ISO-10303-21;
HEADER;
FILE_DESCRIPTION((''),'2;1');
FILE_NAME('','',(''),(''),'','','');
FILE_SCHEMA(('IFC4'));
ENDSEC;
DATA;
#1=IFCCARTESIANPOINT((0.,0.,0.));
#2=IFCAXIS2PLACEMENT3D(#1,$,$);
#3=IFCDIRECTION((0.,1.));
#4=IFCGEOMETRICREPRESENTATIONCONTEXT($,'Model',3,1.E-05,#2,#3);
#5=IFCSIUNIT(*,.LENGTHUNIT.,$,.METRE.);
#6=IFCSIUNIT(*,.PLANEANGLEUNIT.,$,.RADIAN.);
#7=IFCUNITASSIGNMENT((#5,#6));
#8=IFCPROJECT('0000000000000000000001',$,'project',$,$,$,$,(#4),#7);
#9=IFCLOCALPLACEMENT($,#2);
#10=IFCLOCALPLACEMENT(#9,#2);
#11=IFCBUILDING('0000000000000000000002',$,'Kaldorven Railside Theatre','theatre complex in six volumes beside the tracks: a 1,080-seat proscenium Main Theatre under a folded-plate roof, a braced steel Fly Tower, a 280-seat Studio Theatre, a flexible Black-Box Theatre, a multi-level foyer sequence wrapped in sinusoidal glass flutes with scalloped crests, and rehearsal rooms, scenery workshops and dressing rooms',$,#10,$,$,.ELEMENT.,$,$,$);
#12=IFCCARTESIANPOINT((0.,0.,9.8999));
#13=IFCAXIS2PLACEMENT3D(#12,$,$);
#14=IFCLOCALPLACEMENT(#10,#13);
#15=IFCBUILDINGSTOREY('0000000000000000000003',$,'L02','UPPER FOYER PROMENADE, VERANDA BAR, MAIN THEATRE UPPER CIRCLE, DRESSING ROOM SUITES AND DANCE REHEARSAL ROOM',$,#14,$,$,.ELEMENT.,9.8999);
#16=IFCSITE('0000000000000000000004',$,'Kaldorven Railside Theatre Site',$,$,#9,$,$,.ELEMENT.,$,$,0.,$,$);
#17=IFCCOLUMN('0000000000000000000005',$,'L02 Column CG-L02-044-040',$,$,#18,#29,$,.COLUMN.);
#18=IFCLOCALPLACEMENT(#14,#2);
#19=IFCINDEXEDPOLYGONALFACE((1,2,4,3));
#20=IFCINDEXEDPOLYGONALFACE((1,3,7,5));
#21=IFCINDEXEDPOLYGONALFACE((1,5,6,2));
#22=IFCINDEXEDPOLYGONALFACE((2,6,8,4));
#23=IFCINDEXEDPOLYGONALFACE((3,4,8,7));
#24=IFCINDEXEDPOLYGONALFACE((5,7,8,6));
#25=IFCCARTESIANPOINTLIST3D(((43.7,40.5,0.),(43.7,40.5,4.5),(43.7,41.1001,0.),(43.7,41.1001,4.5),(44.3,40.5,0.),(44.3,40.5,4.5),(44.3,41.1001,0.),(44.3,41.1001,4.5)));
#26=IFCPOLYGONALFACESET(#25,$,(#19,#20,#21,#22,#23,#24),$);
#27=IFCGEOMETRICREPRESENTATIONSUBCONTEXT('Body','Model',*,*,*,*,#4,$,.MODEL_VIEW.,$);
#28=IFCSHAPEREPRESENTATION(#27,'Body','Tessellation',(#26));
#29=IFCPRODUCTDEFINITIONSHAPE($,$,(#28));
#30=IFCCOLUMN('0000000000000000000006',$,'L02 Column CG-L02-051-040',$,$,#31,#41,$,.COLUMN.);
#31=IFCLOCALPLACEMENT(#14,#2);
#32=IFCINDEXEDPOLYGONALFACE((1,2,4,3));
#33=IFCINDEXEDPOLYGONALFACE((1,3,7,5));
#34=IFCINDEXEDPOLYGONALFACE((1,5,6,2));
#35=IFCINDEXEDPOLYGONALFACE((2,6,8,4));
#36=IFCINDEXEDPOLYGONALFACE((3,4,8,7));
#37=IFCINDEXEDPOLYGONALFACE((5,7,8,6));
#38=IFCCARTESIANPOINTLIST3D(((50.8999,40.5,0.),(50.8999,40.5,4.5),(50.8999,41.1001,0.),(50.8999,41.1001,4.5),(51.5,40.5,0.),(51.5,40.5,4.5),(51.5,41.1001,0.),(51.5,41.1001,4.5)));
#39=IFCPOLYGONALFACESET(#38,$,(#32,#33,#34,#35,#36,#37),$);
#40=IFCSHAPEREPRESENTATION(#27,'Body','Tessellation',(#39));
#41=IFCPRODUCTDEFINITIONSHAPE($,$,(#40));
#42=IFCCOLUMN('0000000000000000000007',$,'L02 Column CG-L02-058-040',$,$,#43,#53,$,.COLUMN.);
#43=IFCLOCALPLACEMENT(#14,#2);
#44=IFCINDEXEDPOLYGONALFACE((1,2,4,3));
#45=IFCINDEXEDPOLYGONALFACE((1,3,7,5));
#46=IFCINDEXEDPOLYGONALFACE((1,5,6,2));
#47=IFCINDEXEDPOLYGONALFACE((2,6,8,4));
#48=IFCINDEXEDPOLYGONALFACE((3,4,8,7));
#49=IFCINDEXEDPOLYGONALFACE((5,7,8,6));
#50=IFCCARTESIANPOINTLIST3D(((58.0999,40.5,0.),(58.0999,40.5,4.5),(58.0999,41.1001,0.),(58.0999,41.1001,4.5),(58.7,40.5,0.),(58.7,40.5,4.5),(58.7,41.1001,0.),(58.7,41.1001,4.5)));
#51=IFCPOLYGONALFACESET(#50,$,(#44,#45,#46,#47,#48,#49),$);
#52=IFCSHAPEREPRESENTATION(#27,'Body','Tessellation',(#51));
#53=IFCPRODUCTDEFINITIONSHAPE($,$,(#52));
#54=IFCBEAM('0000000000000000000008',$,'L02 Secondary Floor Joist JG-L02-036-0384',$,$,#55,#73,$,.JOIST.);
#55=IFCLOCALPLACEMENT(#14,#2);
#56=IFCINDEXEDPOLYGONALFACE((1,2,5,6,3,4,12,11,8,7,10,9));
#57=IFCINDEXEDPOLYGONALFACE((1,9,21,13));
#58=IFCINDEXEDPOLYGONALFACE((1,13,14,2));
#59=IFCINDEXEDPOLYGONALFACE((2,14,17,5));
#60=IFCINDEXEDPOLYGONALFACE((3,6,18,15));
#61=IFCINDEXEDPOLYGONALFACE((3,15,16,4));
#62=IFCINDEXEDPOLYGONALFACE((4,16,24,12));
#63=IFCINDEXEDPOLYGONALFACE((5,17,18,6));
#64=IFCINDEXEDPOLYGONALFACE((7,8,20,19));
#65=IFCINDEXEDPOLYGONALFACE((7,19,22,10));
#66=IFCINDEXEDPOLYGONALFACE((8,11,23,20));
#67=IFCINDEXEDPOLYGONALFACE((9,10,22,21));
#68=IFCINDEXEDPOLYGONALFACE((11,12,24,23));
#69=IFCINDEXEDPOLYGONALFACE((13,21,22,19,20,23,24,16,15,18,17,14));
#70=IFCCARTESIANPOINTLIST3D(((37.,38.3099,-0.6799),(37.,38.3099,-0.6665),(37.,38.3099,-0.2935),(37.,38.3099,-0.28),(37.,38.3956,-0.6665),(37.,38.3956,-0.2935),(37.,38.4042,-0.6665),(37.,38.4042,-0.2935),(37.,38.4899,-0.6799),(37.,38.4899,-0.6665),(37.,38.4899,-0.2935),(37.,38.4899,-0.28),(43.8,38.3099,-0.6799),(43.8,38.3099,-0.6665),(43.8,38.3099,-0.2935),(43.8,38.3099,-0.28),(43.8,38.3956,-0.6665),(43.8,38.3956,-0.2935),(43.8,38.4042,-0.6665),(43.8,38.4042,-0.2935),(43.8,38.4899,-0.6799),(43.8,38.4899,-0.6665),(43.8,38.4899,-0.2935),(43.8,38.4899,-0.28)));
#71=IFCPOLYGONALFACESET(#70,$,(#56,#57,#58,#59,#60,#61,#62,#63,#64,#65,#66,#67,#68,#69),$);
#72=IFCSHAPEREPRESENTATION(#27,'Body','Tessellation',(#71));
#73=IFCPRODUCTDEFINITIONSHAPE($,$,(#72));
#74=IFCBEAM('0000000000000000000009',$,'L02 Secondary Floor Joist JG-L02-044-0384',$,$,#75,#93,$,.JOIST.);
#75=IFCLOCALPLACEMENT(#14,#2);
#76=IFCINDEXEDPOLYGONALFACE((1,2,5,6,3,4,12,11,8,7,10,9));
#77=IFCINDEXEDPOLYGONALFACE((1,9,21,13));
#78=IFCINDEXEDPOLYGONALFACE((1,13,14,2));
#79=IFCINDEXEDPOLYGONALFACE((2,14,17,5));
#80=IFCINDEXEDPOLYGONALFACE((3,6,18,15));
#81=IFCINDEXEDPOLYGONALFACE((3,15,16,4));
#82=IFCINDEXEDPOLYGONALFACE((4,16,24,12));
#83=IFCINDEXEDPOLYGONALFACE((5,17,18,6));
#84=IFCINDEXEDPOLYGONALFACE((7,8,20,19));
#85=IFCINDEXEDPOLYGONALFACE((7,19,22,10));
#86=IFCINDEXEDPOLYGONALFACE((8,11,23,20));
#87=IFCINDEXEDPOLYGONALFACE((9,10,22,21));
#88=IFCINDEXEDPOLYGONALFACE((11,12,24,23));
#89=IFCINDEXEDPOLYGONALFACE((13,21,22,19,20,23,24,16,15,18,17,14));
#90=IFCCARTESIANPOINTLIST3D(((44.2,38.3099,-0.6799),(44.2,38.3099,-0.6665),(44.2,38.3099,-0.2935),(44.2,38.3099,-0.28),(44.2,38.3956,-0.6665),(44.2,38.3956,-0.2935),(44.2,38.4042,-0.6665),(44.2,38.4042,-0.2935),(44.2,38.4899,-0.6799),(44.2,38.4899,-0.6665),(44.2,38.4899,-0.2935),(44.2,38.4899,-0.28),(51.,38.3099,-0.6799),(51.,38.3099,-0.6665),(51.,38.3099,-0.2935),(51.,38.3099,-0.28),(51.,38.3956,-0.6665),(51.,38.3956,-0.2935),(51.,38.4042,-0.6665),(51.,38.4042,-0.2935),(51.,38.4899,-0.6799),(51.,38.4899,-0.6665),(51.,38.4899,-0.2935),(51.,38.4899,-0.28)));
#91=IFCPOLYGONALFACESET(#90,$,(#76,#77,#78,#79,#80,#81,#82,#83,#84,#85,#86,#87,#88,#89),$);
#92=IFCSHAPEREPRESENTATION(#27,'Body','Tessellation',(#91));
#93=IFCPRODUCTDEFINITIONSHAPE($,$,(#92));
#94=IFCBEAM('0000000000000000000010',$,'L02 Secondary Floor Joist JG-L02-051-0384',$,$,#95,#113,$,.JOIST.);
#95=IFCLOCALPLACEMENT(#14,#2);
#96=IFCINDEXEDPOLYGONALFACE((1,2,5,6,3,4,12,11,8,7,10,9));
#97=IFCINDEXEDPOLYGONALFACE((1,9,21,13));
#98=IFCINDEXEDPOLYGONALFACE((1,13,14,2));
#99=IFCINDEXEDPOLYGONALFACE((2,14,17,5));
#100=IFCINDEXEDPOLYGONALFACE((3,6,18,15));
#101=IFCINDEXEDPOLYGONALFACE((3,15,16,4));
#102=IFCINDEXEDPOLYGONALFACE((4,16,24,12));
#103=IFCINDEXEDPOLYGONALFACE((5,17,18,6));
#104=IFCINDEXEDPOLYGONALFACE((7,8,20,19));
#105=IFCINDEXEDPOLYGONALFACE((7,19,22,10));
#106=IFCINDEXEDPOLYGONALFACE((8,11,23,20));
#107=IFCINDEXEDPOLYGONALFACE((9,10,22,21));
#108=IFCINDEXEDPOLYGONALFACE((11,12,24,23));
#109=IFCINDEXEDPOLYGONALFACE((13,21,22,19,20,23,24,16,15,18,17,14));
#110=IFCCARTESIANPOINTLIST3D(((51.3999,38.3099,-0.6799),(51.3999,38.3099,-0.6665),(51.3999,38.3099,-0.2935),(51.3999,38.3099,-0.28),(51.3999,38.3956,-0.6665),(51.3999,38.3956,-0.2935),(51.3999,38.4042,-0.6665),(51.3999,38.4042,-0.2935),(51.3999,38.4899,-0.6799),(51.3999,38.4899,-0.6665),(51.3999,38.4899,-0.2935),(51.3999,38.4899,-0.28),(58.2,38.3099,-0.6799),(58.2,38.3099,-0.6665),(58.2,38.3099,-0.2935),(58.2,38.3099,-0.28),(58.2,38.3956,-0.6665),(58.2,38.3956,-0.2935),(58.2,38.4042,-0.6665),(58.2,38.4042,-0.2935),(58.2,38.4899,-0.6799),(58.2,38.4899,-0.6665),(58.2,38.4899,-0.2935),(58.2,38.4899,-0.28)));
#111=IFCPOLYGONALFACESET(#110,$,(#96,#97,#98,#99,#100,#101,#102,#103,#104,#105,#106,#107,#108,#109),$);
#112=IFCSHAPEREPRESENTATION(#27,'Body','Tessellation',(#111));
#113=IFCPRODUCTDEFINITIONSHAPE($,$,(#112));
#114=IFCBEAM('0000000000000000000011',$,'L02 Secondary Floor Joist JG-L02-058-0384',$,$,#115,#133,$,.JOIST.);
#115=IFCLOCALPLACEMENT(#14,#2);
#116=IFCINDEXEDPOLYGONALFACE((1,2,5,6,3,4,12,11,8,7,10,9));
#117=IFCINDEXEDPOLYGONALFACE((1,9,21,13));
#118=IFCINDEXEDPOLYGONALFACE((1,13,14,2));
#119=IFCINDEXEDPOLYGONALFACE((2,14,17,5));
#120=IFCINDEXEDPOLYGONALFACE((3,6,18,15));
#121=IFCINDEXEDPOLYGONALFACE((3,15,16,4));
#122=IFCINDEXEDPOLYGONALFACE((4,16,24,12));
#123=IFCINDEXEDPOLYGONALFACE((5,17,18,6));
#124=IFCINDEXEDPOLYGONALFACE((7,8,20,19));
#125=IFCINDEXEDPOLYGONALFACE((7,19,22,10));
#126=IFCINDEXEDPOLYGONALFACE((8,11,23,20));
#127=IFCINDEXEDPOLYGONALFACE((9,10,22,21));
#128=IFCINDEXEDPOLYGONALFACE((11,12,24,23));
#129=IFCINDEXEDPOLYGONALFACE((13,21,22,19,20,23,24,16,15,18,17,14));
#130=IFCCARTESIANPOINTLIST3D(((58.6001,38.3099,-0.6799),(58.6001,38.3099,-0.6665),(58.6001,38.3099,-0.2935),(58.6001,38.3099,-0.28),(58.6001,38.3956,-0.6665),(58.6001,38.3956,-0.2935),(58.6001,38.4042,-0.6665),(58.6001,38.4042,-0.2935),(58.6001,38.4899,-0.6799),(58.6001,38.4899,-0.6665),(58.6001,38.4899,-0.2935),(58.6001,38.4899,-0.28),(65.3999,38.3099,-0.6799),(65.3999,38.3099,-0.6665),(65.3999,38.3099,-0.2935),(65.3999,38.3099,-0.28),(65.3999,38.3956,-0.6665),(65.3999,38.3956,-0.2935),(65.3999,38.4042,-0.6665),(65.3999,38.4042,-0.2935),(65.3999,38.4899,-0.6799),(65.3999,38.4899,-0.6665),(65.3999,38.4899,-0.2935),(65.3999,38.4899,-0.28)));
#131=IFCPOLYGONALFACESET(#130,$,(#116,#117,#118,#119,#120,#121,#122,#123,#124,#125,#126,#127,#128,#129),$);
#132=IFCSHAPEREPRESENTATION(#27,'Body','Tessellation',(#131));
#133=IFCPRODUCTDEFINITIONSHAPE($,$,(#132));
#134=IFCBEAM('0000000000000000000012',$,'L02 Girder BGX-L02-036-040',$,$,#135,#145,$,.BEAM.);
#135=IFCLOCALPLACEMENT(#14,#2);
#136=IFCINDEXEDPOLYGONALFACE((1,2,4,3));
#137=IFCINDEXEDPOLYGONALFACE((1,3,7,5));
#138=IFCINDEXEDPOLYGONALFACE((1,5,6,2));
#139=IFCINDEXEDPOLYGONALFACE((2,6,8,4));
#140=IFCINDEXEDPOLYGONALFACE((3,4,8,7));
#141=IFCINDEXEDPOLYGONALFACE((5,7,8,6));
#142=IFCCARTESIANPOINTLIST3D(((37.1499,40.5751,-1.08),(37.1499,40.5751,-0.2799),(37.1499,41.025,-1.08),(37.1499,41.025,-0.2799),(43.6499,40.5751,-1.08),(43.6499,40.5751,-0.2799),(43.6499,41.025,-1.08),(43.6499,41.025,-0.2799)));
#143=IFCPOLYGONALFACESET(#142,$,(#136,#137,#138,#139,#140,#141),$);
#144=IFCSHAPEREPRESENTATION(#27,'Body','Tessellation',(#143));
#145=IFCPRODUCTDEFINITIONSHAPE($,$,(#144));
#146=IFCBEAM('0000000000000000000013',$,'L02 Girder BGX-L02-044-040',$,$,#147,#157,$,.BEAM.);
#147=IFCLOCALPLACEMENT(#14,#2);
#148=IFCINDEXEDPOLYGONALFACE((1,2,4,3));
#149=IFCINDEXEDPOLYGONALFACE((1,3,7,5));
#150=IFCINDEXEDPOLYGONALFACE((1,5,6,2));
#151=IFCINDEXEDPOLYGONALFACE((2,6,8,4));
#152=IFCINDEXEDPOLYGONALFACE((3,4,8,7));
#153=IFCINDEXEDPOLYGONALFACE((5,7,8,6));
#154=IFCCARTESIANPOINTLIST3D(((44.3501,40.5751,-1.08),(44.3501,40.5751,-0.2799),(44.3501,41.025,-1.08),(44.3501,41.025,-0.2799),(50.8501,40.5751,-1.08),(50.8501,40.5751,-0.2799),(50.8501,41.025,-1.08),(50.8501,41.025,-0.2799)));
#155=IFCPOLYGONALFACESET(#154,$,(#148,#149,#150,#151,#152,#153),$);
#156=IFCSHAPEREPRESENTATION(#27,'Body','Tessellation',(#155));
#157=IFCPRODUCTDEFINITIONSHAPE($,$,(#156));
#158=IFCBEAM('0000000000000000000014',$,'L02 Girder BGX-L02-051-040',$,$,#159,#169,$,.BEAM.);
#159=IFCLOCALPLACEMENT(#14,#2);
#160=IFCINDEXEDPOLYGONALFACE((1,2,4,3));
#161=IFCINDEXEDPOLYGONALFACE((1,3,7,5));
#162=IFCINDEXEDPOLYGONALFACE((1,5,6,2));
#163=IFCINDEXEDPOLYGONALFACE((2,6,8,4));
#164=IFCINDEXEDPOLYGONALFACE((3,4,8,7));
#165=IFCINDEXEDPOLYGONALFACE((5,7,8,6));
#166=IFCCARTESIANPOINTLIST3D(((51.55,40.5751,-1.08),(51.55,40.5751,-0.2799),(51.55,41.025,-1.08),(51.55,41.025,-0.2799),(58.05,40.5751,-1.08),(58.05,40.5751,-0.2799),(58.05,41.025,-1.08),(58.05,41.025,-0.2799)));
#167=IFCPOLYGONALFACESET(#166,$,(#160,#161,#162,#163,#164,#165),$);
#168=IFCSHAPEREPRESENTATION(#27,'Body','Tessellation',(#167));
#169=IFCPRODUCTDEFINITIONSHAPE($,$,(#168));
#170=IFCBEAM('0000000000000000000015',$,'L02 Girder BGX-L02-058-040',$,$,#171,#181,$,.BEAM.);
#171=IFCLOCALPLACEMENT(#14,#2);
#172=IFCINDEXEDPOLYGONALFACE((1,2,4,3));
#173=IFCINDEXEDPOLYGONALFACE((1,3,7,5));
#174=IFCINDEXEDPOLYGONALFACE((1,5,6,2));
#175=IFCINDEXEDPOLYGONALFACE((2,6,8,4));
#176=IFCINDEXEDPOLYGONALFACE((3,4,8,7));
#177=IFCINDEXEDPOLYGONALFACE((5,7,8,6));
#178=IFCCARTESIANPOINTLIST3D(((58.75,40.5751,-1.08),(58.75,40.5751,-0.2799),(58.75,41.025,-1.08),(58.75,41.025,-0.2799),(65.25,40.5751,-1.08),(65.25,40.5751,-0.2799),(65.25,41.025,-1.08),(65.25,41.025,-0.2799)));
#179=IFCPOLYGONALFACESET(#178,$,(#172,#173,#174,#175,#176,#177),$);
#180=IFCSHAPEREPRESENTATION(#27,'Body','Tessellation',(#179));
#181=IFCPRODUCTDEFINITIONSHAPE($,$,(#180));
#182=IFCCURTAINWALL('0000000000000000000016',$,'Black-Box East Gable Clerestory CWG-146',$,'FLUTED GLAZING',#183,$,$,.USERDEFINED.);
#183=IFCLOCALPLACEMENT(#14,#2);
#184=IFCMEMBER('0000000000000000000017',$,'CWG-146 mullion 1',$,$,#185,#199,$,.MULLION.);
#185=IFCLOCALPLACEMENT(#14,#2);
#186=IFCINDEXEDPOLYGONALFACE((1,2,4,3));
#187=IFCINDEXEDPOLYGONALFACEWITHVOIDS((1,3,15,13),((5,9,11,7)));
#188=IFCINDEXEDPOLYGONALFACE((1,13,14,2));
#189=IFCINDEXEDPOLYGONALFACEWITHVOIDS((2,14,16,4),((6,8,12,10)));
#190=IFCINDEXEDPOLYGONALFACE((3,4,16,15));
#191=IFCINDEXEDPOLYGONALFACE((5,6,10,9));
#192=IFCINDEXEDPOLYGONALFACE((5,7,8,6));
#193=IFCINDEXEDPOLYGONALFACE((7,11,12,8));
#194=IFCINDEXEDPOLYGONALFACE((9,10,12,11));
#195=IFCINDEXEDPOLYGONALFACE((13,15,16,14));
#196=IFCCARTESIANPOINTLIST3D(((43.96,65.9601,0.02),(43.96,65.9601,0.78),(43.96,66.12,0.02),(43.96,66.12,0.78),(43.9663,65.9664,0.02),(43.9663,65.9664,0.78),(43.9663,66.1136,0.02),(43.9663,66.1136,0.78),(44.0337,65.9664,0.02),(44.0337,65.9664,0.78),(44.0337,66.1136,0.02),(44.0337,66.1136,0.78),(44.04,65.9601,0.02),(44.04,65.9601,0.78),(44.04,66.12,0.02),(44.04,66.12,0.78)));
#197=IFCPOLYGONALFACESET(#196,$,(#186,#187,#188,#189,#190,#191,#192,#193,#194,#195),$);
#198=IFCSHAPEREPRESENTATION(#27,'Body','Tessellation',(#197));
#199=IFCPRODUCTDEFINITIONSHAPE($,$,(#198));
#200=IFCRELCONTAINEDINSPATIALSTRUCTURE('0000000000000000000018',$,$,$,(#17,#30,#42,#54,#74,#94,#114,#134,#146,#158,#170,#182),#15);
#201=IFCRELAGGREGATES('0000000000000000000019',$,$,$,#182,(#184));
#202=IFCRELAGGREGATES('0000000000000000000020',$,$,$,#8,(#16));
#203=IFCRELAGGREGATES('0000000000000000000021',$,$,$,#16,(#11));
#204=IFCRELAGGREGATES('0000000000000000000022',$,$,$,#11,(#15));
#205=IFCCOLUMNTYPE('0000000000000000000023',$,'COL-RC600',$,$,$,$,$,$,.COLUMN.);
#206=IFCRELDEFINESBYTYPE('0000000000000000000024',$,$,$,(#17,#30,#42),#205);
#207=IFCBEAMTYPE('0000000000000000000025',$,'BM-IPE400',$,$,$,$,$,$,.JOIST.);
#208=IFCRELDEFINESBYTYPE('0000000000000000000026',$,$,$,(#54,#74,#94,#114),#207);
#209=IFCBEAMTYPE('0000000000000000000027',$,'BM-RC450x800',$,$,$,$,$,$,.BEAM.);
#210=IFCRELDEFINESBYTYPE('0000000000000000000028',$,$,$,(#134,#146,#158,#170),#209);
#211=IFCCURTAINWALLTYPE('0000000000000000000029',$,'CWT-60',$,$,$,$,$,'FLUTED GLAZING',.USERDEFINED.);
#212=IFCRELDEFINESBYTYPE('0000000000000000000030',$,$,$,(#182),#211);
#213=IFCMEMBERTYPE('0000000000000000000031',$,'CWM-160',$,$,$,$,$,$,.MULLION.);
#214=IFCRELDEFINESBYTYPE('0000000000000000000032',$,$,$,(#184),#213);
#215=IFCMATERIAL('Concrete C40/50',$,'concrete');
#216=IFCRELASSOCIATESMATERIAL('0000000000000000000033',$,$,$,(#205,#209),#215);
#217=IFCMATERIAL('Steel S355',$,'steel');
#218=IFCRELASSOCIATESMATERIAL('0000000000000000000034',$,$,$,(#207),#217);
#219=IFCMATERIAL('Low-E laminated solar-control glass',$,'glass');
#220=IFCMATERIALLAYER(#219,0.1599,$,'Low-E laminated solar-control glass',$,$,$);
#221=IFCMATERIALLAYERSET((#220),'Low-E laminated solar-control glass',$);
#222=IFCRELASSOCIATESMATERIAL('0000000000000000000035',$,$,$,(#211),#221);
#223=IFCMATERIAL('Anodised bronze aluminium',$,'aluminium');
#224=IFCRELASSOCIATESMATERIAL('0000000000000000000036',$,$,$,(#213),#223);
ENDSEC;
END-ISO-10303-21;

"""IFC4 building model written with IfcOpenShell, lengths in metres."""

from ifc_helpers import new_model, si_unit, direction, frame, origin, origin_2d, place, context, subcontext, project, spatial, rectangle, hollow_rectangle, i_section, extrude, material, layer, layer_set, material_profile, profile_set, type_object, element, aggregate, save


model = new_model("IFC4")

# Units and contexts
model_context = context("Model", 3, precision=1e-05, world=origin(), true_north=direction((0.0, 1.0)))
body_context = subcontext(model_context, "Body", "Model", "MODEL_VIEW")
ifc_project = project(units=[si_unit("LENGTHUNIT", "METRE"), si_unit("PLANEANGLEUNIT", "RADIAN")], contexts=[model_context])

# Site, building, storey
site_placement = place(None, origin())
site = spatial("IfcSite", under=ifc_project, at=site_placement, Name="Kaldorven Railside Theatre Site", CompositionType="ELEMENT", RefElevation=0.0)
building_placement = place(site_placement, origin())
building = spatial("IfcBuilding", under=site, at=building_placement, Name="Kaldorven Railside Theatre", Description="theatre complex in six volumes beside the tracks: a 1,080-seat proscenium Main Theatre under a folded-plate roof, a braced steel Fly Tower, a 280-seat Studio Theatre, a flexible Black-Box Theatre, a multi-level foyer sequence wrapped in sinusoidal glass flutes with scalloped crests, and rehearsal rooms, scenery workshops and dressing rooms", CompositionType="ELEMENT")
storey_placement = place(building_placement, frame((0.0, 0.0, 9.8999)))
storey = spatial("IfcBuildingStorey", under=building, at=storey_placement, Name="L02", Description="UPPER FOYER PROMENADE, VERANDA BAR, MAIN THEATRE UPPER CIRCLE, DRESSING ROOM SUITES AND DANCE REHEARSAL ROOM", CompositionType="ELEMENT", Elevation=9.8999)

# Columns
ifc_material_1 = material(Name="Concrete C40/50", Category="concrete")
ifc_material_profile_1 = material_profile(ifc_material_1, rectangle(XDim=0.6001, YDim=0.6001, at=origin_2d()), Name="RC 600x600")
ifc_profile_set_1 = profile_set([ifc_material_profile_1], Name="Concrete C40/50")
column_type = type_object("IfcColumnType", Name="COL-RC600", PredefinedType="COLUMN", material=ifc_profile_set_1)
for number, where, z_axis, x_axis, name in (
    (1, (44.0, 40.8, 0.0), (0.0, 0.0, 1.0), (1.0, 0.0, 0.0), "L02 Column CG-L02-044-040"),
    (2, (51.2, 40.8, 0.0), (0.0, 0.0, 1.0), (1.0, 0.0, 0.0), "L02 Column CG-L02-051-040"),
    (3, (58.3999, 40.8, 0.0), (0.0, 0.0, 1.0), (0.0, 1.0, 0.0), "L02 Column CG-L02-058-040"),
):
    element("IfcColumn", number, at=place(storey_placement, frame(where, z_axis=z_axis, x_axis=x_axis)), inside=storey, type_object=column_type, Name=name, PredefinedType="COLUMN", context=body_context, shape_type="SweptSolid", body=[
        extrude(rectangle(XDim=0.6001, YDim=0.6001, at=origin_2d()), origin(), (0.0, 0.0, 1.0), 4.5),
    ])

# Beams
ifc_material_2 = material(Name="Steel S355", Category="steel")
ifc_material_profile_2 = material_profile(ifc_material_2, i_section(OverallWidth=0.1799, OverallDepth=0.3999, WebThickness=0.0085, FlangeThickness=0.0134, at=origin_2d()), Name="IPE 400")
ifc_profile_set_2 = profile_set([ifc_material_profile_2], Name="Steel S355")
beam_type_1 = type_object("IfcBeamType", Name="BM-IPE400", PredefinedType="JOIST", material=ifc_profile_set_2)
for number, where, z_axis, x_axis, name in (
    (4, (37.0, 38.3999, -0.48), (1.0, 0.0, 0.0), (0.0, 1.0, 0.0), "L02 Secondary Floor Joist JG-L02-036-0384"),
    (5, (44.2, 38.3999, -0.48), (1.0, 0.0, 0.0), (0.0, 1.0, 0.0), "L02 Secondary Floor Joist JG-L02-044-0384"),
    (6, (51.3999, 38.3999, -0.48), (1.0, 0.0, 0.0), (0.0, 1.0, 0.0), "L02 Secondary Floor Joist JG-L02-051-0384"),
):
    element("IfcBeam", number, at=place(storey_placement, frame(where, z_axis=z_axis, x_axis=x_axis)), inside=storey, type_object=beam_type_1, Name=name, PredefinedType="JOIST", context=body_context, shape_type="SweptSolid", body=[
        extrude(i_section(OverallWidth=0.1799, OverallDepth=0.3999, WebThickness=0.0085, FlangeThickness=0.0134, at=origin_2d()), origin(), (0.0, 0.0, 1.0), 6.8),
    ])
beam_placement = place(storey_placement, frame((58.6001, 38.3999, -0.48), z_axis=(1.0, 0.0, 0.0), x_axis=(0.0, 1.0, 0.0)))
element("IfcBeam", 7, at=beam_placement, inside=storey, type_object=beam_type_1, Name="L02 Secondary Floor Joist JG-L02-058-0384", PredefinedType="JOIST", context=body_context, shape_type="SweptSolid", body=[
    extrude(i_section(OverallWidth=0.1799, OverallDepth=0.3999, WebThickness=0.0085, FlangeThickness=0.0134, at=origin_2d()), origin(), (0.0, 0.0, 1.0), 6.7998),
])
ifc_material_profile_3 = material_profile(ifc_material_1, rectangle(XDim=0.45, YDim=0.8, at=origin_2d()), Name="RC 450x800")
ifc_profile_set_3 = profile_set([ifc_material_profile_3], Name="Concrete C40/50")
beam_type_2 = type_object("IfcBeamType", Name="BM-RC450x800", PredefinedType="BEAM", material=ifc_profile_set_3)
for number, where, z_axis, x_axis, name in (
    (8, (37.1499, 40.8, -0.6799), (1.0, 0.0, 0.0), (0.0, 1.0, 0.0), "L02 Girder BGX-L02-036-040"),
    (9, (44.3501, 40.8, -0.6799), (1.0, 0.0, 0.0), (0.0, 1.0, 0.0), "L02 Girder BGX-L02-044-040"),
    (10, (51.55, 40.8, -0.6799), (1.0, 0.0, 0.0), (0.0, 1.0, 0.0), "L02 Girder BGX-L02-051-040"),
    (11, (58.75, 40.8, -0.6799), (1.0, 0.0, 0.0), (0.0, 1.0, 0.0), "L02 Girder BGX-L02-058-040"),
):
    element("IfcBeam", number, at=place(storey_placement, frame(where, z_axis=z_axis, x_axis=x_axis)), inside=storey, type_object=beam_type_2, Name=name, PredefinedType="BEAM", context=body_context, shape_type="SweptSolid", body=[
        extrude(rectangle(XDim=0.45, YDim=0.8, at=origin_2d()), origin(), (0.0, 0.0, 1.0), 6.5),
    ])

# Curtain wall, member
ifc_material_3 = material(Name="Low-E laminated solar-control glass", Category="glass")
ifc_layer_1 = layer(ifc_material_3, 0.1599, Name="Low-E laminated solar-control glass")
ifc_layer_set_1 = layer_set([ifc_layer_1], Name="Low-E laminated solar-control glass")
curtain_wall_type = type_object("IfcCurtainWallType", Name="CWT-60", ElementType="FLUTED GLAZING", PredefinedType="USERDEFINED", material=ifc_layer_set_1)
curtain_wall_placement = place(storey_placement, origin())
curtain_wall = element("IfcCurtainWall", 12, at=curtain_wall_placement, inside=storey, type_object=curtain_wall_type, Name="Black-Box East Gable Clerestory CWG-146", ObjectType="FLUTED GLAZING", PredefinedType="USERDEFINED")
ifc_material_4 = material(Name="Anodised bronze aluminium", Category="aluminium")
ifc_material_profile_4 = material_profile(ifc_material_4, hollow_rectangle(XDim=0.0801, YDim=0.1599, WallThickness=0.0063, at=origin_2d()), Name="RHS 160x80x6.3")
ifc_profile_set_4 = profile_set([ifc_material_profile_4], Name="Anodised bronze aluminium")
member_type_1 = type_object("IfcMemberType", Name="CWM-160", PredefinedType="MULLION", material=ifc_profile_set_4)
member_1_placement = place(storey_placement, frame((44.0, 66.04, 0.02), z_axis=(0.0, 0.0, 1.0), x_axis=(-1.0, 0.0, 0.0)))
member_1 = element("IfcMember", 13, at=member_1_placement, type_object=member_type_1, Name="CWG-146 mullion 1", PredefinedType="MULLION", context=body_context, shape_type="SweptSolid", body=[
    extrude(hollow_rectangle(XDim=0.0801, YDim=0.1599, WallThickness=0.0063, at=origin_2d()), origin(), (0.0, 0.0, 1.0), 0.76),
])
aggregate(curtain_wall, [member_1])

save(model, "model.ifc")
